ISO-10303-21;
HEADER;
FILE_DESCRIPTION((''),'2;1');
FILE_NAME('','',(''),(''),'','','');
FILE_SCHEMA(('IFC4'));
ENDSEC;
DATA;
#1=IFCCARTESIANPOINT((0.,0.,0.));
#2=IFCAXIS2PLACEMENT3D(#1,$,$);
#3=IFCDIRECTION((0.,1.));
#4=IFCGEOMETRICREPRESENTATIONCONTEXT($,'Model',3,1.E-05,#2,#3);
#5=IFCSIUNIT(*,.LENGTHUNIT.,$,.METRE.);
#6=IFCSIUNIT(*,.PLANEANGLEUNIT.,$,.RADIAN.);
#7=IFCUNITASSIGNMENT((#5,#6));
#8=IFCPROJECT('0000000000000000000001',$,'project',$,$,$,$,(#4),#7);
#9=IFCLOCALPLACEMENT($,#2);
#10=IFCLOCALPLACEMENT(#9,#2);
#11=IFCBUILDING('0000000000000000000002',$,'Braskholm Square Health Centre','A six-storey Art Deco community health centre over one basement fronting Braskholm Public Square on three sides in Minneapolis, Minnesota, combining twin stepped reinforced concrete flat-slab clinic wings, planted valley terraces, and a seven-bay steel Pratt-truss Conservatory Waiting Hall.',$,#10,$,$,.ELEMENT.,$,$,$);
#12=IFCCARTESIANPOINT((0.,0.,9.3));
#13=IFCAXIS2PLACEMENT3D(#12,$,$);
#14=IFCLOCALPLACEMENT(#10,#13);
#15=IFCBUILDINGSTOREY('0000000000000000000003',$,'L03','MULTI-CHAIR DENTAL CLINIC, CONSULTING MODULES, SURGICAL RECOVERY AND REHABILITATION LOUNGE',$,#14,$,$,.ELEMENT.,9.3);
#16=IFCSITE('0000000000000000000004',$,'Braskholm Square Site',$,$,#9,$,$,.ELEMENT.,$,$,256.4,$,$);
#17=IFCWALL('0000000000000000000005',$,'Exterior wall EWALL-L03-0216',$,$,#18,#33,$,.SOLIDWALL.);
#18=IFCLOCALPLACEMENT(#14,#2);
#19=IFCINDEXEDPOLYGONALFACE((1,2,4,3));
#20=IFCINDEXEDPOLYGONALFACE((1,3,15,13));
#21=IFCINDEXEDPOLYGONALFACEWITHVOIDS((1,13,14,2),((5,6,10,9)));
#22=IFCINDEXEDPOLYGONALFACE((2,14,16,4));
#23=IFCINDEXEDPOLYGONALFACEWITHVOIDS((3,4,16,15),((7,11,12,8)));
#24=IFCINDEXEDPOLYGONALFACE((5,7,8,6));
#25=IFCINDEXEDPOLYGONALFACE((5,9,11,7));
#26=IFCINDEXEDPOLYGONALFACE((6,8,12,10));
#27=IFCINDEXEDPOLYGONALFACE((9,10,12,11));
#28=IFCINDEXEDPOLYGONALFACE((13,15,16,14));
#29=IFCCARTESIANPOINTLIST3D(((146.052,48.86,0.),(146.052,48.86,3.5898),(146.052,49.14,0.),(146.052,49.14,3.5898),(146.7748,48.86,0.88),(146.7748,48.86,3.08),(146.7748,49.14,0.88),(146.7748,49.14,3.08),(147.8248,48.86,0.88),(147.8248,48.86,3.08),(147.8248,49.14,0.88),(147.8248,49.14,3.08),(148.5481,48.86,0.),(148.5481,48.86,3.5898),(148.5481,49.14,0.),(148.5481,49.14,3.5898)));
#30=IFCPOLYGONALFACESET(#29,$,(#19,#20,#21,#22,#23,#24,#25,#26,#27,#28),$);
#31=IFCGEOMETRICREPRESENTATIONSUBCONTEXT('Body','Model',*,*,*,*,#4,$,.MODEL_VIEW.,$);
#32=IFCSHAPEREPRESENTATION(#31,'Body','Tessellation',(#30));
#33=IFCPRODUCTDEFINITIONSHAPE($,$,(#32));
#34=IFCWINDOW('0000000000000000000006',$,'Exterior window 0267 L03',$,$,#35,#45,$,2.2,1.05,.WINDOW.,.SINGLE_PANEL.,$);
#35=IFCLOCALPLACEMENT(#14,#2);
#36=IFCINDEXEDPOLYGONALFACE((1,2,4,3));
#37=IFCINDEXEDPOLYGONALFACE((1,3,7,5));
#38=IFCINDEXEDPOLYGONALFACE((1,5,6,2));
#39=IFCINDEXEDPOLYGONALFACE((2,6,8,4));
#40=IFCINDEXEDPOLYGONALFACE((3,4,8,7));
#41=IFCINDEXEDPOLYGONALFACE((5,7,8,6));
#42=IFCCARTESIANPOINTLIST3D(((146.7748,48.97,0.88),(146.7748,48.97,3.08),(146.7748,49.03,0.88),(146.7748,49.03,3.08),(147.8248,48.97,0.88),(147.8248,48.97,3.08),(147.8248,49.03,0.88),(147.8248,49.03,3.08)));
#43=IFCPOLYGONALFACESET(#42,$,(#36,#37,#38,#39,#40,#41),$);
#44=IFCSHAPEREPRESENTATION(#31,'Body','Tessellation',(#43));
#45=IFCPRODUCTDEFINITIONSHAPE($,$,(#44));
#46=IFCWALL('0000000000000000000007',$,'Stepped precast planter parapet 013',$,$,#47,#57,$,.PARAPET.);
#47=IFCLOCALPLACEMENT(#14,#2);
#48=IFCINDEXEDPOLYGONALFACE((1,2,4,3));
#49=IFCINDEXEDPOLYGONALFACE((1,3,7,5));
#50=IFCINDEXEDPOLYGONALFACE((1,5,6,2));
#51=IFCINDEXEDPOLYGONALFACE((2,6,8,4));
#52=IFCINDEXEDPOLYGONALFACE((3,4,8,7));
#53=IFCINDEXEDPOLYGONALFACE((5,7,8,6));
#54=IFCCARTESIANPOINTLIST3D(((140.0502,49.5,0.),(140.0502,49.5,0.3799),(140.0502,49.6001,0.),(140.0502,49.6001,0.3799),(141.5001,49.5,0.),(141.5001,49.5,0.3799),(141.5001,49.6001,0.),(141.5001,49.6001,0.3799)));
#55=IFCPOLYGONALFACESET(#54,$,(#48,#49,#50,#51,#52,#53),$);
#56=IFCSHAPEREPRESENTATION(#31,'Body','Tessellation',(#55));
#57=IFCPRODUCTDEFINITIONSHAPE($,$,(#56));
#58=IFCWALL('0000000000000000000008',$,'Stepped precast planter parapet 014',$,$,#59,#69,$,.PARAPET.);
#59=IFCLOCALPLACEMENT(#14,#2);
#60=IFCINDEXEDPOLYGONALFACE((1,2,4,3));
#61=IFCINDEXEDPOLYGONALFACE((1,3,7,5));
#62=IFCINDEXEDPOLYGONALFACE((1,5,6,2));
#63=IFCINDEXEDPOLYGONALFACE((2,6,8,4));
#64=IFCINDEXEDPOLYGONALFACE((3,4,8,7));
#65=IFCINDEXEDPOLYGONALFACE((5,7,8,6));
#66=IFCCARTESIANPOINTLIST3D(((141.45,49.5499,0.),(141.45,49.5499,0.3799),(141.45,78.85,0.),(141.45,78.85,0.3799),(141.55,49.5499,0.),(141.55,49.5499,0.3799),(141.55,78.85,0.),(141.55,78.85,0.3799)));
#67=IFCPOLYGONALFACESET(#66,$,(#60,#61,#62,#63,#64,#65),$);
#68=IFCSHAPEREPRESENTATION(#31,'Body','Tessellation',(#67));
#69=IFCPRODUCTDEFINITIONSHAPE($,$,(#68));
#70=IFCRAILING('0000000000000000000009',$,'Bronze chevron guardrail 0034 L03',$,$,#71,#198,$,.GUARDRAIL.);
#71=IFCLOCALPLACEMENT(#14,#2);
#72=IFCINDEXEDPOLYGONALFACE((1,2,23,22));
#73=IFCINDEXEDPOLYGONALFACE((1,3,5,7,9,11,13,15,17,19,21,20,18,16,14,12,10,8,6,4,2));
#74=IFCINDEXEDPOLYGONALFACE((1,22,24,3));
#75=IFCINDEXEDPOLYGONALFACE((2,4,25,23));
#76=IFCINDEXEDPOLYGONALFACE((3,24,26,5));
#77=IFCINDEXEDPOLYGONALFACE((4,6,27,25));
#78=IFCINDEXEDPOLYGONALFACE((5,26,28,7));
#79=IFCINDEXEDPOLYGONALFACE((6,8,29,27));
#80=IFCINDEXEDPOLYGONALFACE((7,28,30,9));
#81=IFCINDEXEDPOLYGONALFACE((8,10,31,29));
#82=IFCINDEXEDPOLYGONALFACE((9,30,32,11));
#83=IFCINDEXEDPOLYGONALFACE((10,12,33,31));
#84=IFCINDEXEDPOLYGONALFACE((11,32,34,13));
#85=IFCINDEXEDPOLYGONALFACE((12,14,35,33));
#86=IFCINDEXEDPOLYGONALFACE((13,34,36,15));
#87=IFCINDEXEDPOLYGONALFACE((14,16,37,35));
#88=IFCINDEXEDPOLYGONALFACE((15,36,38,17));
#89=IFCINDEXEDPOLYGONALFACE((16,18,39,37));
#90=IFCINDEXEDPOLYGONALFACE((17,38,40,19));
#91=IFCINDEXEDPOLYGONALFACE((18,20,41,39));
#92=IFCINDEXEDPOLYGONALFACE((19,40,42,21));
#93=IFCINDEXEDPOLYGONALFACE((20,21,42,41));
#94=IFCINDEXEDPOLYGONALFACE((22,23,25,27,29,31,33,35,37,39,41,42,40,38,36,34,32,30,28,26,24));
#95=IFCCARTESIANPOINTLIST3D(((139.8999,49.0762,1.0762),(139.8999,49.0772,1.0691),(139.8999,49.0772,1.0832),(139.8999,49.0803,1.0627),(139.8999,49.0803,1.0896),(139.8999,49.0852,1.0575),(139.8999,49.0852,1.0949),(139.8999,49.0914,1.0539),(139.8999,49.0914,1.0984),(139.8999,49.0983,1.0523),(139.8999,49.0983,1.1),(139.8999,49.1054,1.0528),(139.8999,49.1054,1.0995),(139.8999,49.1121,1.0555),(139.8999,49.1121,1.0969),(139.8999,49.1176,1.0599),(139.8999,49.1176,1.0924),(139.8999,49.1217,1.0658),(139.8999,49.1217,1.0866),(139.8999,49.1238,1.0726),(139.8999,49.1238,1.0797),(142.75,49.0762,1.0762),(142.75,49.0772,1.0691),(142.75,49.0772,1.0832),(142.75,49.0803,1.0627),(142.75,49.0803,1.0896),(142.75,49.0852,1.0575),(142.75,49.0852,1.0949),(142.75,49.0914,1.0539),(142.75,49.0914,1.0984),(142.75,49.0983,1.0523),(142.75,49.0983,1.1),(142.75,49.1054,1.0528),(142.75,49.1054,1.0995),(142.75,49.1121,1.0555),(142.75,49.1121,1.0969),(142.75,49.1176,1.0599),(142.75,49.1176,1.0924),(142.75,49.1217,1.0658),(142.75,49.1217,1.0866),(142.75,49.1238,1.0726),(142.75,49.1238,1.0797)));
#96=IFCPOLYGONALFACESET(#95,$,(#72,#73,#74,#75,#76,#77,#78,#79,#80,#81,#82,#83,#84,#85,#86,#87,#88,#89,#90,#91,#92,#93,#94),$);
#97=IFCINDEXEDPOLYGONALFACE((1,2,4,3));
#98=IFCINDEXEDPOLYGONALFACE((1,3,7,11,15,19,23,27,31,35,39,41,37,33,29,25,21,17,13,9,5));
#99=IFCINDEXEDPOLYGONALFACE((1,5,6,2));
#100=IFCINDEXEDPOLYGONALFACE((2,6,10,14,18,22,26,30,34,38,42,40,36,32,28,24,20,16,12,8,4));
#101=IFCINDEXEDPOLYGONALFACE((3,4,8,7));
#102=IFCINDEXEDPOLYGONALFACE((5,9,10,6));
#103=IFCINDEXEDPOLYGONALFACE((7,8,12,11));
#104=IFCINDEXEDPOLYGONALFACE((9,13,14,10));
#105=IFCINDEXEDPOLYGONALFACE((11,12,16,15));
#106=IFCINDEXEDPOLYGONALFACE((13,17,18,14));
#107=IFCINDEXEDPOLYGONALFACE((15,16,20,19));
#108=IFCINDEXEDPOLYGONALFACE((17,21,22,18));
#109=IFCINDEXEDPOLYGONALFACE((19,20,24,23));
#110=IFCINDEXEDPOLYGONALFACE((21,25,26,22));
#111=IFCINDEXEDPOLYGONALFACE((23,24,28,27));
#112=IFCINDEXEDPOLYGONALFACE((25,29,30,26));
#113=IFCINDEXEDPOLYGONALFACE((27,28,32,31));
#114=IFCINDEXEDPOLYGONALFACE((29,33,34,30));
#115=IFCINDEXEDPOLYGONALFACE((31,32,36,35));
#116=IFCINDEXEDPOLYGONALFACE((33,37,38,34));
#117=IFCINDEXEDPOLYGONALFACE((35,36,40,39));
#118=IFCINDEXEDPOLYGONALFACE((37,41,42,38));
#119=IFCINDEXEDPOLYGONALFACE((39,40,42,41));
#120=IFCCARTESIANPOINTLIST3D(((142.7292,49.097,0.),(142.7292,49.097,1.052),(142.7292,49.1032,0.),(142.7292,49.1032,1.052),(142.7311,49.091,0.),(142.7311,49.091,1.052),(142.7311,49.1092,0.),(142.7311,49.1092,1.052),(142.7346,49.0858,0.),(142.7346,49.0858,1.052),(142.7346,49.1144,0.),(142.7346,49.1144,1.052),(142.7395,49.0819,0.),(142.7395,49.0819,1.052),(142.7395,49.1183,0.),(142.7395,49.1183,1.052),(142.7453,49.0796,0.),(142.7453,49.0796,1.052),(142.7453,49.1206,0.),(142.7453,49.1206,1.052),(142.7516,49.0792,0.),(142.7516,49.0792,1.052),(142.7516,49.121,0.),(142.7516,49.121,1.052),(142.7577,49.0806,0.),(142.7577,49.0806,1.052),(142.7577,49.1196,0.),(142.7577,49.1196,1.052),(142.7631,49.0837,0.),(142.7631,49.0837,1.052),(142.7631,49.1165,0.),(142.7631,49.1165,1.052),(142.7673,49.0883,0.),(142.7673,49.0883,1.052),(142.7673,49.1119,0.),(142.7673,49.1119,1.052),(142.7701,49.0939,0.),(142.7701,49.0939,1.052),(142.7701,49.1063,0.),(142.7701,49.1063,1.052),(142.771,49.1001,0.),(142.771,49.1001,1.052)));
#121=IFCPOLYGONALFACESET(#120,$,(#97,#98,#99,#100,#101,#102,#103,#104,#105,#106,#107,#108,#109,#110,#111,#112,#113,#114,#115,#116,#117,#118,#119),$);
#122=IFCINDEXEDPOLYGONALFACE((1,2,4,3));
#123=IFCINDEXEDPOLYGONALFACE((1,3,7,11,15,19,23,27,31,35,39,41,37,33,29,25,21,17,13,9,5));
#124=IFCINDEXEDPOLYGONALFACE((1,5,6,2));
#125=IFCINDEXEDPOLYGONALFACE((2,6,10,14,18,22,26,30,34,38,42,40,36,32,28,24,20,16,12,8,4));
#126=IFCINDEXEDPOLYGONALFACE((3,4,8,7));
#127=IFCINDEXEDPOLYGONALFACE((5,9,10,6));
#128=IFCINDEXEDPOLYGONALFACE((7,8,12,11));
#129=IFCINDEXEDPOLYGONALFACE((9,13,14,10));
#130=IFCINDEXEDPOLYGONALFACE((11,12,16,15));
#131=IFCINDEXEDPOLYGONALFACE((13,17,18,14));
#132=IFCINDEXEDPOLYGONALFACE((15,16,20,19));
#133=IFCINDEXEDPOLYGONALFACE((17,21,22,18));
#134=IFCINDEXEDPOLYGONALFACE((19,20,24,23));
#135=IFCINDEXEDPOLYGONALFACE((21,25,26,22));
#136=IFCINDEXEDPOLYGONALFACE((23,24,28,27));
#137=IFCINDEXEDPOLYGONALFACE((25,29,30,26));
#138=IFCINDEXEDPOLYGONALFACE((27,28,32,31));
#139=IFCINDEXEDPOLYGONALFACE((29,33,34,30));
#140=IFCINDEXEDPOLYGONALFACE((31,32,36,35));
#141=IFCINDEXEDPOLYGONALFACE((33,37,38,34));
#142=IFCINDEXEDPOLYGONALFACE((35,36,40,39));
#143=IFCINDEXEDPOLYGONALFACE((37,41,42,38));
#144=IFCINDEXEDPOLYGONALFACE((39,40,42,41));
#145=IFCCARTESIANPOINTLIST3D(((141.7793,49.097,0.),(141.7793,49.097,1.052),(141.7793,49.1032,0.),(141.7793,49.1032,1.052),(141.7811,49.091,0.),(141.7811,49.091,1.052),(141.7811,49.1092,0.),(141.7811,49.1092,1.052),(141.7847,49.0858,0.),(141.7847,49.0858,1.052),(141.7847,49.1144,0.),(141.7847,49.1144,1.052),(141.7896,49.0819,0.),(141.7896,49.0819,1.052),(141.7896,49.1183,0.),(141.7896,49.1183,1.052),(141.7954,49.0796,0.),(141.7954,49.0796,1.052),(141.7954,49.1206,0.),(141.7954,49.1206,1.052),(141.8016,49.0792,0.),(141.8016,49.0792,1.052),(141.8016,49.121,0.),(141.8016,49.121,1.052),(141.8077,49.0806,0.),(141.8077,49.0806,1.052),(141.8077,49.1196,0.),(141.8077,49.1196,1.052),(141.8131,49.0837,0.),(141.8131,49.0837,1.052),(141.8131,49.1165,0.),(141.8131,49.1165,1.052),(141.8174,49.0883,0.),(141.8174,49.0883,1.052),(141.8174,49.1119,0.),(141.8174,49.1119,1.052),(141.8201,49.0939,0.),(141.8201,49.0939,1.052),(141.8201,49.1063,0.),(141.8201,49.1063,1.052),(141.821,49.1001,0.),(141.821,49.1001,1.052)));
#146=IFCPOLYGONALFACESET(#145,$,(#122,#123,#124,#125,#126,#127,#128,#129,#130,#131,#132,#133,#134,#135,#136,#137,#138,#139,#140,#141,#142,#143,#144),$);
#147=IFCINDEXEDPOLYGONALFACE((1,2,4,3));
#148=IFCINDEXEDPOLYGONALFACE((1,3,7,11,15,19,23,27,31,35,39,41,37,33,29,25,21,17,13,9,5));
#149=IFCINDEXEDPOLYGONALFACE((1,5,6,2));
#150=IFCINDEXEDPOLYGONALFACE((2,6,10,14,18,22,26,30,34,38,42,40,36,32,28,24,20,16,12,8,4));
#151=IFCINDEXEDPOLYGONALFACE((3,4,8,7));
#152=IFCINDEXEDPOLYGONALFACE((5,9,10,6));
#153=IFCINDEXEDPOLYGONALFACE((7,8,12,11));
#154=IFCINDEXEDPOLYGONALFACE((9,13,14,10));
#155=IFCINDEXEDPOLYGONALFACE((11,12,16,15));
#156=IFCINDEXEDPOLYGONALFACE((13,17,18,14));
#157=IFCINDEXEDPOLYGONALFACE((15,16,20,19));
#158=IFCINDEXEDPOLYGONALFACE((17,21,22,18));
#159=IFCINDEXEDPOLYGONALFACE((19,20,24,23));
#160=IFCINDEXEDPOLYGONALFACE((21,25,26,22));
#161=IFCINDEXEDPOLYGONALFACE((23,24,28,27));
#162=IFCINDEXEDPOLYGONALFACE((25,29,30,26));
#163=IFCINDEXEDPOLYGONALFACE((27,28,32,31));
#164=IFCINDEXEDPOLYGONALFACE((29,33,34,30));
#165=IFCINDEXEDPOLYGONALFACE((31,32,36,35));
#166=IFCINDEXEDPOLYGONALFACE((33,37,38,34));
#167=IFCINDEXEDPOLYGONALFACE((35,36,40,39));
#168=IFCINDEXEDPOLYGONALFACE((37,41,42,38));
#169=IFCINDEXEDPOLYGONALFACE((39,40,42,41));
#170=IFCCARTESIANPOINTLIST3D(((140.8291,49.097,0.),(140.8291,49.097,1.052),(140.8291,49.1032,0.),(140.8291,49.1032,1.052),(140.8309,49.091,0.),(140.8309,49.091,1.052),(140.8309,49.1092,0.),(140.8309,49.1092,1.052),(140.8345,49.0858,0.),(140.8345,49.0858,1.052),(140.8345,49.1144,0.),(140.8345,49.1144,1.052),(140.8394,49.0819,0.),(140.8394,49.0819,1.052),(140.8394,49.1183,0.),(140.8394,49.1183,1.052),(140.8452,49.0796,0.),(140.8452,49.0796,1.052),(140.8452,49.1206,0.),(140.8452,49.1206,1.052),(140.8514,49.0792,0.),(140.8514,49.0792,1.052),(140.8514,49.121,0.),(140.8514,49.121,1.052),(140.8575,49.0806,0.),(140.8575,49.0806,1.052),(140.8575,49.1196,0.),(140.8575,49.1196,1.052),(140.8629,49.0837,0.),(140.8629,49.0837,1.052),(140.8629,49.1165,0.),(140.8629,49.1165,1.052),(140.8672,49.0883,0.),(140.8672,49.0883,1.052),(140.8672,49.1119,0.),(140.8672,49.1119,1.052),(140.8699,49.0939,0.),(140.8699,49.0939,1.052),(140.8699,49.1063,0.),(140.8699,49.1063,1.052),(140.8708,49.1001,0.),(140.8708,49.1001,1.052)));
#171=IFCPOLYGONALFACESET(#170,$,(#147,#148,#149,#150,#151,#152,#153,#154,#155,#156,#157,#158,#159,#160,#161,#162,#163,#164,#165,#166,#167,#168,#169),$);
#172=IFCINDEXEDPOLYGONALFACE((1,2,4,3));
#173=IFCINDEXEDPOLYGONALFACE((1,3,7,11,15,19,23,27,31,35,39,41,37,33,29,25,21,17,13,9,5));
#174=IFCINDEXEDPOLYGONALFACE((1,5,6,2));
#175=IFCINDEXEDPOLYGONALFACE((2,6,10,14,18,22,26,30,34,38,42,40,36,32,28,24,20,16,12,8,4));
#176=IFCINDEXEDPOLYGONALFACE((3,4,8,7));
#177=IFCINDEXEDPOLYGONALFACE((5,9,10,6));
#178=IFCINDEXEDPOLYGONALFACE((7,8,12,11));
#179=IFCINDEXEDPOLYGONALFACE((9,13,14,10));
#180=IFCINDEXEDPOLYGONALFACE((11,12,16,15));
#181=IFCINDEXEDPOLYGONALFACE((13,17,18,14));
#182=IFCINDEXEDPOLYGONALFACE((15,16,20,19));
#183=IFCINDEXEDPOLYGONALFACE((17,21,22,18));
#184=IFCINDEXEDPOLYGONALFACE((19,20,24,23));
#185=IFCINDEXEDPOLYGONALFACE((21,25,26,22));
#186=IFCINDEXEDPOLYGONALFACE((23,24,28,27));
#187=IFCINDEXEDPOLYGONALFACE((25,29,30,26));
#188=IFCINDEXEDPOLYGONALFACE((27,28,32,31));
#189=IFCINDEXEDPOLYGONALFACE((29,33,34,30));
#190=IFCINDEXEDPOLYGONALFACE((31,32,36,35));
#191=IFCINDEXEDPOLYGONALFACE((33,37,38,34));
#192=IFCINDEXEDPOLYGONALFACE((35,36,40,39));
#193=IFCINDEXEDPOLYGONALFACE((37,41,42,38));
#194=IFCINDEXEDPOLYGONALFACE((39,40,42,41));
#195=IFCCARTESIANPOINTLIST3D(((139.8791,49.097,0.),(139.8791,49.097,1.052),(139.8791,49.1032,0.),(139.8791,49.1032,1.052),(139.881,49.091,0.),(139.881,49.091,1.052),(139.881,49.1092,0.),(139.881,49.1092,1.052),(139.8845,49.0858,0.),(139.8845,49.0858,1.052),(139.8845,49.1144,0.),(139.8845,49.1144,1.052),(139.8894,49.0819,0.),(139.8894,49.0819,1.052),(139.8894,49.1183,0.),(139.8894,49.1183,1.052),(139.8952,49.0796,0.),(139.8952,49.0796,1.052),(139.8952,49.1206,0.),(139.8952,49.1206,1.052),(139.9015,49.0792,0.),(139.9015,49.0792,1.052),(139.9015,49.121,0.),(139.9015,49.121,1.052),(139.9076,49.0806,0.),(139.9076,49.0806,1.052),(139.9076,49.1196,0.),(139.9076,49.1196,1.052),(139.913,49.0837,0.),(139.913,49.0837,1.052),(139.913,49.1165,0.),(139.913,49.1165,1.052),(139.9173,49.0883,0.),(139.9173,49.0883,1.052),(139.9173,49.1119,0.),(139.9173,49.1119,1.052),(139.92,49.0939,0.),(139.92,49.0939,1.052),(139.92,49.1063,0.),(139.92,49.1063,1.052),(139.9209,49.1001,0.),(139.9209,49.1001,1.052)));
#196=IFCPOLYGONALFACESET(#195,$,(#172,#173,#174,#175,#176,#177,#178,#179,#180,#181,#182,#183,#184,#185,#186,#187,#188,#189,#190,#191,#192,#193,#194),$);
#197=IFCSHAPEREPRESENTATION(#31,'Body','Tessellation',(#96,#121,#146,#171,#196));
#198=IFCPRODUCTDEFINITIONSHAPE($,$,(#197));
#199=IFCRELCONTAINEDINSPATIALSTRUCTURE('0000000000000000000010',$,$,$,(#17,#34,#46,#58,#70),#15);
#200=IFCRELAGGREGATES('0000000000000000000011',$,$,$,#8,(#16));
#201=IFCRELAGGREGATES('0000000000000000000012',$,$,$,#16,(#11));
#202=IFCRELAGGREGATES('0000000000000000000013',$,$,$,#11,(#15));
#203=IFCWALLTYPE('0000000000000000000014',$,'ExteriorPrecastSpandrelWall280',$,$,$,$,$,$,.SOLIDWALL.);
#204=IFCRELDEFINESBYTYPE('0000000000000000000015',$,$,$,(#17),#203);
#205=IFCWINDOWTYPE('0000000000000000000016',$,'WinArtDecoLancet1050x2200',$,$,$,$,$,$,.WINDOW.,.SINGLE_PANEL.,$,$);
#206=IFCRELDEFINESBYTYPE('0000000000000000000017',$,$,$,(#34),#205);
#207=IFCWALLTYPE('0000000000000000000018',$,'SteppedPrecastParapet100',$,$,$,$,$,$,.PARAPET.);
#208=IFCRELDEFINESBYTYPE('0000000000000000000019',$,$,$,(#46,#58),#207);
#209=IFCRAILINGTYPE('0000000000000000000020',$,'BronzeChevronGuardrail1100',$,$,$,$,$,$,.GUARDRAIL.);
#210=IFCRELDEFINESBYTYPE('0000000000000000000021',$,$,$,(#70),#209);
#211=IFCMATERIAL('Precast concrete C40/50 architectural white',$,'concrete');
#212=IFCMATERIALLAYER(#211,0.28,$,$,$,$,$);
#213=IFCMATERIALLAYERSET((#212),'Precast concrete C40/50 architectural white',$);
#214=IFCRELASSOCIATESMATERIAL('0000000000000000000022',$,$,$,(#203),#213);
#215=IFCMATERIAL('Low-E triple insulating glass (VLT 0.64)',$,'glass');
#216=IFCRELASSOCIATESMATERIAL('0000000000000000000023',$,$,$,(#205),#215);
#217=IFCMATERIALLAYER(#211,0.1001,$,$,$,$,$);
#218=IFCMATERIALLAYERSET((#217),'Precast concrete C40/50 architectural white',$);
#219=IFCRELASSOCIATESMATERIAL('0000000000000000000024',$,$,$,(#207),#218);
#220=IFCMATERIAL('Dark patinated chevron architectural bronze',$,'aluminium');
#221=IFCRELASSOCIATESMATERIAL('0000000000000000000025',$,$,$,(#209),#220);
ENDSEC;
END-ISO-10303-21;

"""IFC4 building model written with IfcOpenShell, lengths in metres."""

from ifc_helpers import new_model, si_unit, direction, frame, frame_2d, origin, origin_with_axes, origin_2d, place, context, subcontext, project, spatial, rectangle, circle, extrude, material, layer, layer_set, type_object, element, fill, save


model = new_model("IFC4")

# Units and contexts
model_context = context("Model", 3, precision=1e-05, world=origin(), true_north=direction((0.0, 1.0)))
body_context = subcontext(model_context, "Body", "Model", "MODEL_VIEW")
ifc_project = project(units=[si_unit("LENGTHUNIT", "METRE"), si_unit("PLANEANGLEUNIT", "RADIAN")], contexts=[model_context])

# Site, building, storey
site_placement = place(None, origin())
site = spatial("IfcSite", under=ifc_project, at=site_placement, Name="Braskholm Square Site", CompositionType="ELEMENT", RefElevation=256.4)
building_placement = place(site_placement, origin())
building = spatial("IfcBuilding", under=site, at=building_placement, Name="Braskholm Square Health Centre", Description="A six-storey Art Deco community health centre over one basement fronting Braskholm Public Square on three sides in Minneapolis, Minnesota, combining twin stepped reinforced concrete flat-slab clinic wings, planted valley terraces, and a seven-bay steel Pratt-truss Conservatory Waiting Hall.", CompositionType="ELEMENT")
storey_placement = place(building_placement, frame((0.0, 0.0, 9.3)))
storey = spatial("IfcBuildingStorey", under=building, at=storey_placement, Name="L03", Description="MULTI-CHAIR DENTAL CLINIC, CONSULTING MODULES, SURGICAL RECOVERY AND REHABILITATION LOUNGE", CompositionType="ELEMENT", Elevation=9.3)

# Shared definitions
ifc_material_1 = material(Name="Low-E triple insulating glass (VLT 0.64)", Category="glass")

# Shared definitions
ifc_material_2 = material(Name="Precast concrete C40/50 architectural white", Category="concrete")

# Wall, opening, window
ifc_layer_1 = layer(ifc_material_2, 0.28)
ifc_layer_set_1 = layer_set([ifc_layer_1], Name="Precast concrete C40/50 architectural white")
wall_type_1 = type_object("IfcWallType", Name="ExteriorPrecastSpandrelWall280", PredefinedType="SOLIDWALL", material=ifc_layer_set_1)
window_type = type_object("IfcWindowType", Name="WinArtDecoLancet1050x2200", PartitioningType="SINGLE_PANEL", PredefinedType="WINDOW", material=ifc_material_1)
wall_1_placement = place(storey_placement, frame((146.052, 49.0, 0.0), z_axis=(0.0, 0.0, 1.0), x_axis=(1.0, 0.0, 0.0)))
wall_1 = element("IfcWall", 1, at=wall_1_placement, inside=storey, type_object=wall_type_1, Name="Exterior wall EWALL-L03-0216", PredefinedType="SOLIDWALL", context=body_context, shape_type="SweptSolid", body=[
    extrude(rectangle(XDim=2.4961, YDim=0.28, at=frame_2d((1.248, 0.0))), origin(), (0.0, 0.0, 1.0), 3.5898),
])
opening_1_placement = place(wall_1_placement, frame((0.7229, 0.0, 0.8799)))
opening_1 = element("IfcOpeningElement", 2, at=opening_1_placement, cuts=wall_1, PredefinedType="OPENING", context=body_context, shape_type="SweptSolid", body=[
    extrude(rectangle(XDim=1.05, YDim=2.2, at=frame_2d((0.5249, 1.1001))), frame((0.0, 0.1499, 0.0), z_axis=(0.0, -1.0, 0.0), x_axis=(1.0, 0.0, 0.0)), (0.0, 0.0, 1.0), 0.3),
])
window_1_placement = place(opening_1_placement, origin_with_axes())
window_1 = element("IfcWindow", 3, at=window_1_placement, inside=storey, type_object=window_type, Name="Exterior window 0267 L03", OverallHeight=2.2, OverallWidth=1.05, PartitioningType="SINGLE_PANEL", PredefinedType="WINDOW", context=body_context, shape_type="SweptSolid", body=[
    extrude(rectangle(XDim=1.05, YDim=2.2, at=frame_2d((0.5249, 1.1001))), frame((0.0, 0.03, 0.0), z_axis=(0.0, -1.0, 0.0), x_axis=(1.0, 0.0, 0.0)), (0.0, 0.0, 1.0), 0.0601),
])
fill(opening_1, window_1)

# Walls
ifc_layer_2 = layer(ifc_material_2, 0.1001)
ifc_layer_set_2 = layer_set([ifc_layer_2], Name="Precast concrete C40/50 architectural white")
wall_type_2 = type_object("IfcWallType", Name="SteppedPrecastParapet100", PredefinedType="PARAPET", material=ifc_layer_set_2)
wall_2_placement = place(storey_placement, frame((140.05, 49.55, 0.0), z_axis=(0.0, 0.0, 1.0), x_axis=(1.0, 0.0, 0.0)))
element("IfcWall", 4, at=wall_2_placement, inside=storey, type_object=wall_type_2, Name="Stepped precast planter parapet 013", PredefinedType="PARAPET", context=body_context, shape_type="SweptSolid", body=[
    extrude(rectangle(XDim=1.45, YDim=0.1001, at=frame_2d((0.7251, 0.0))), origin(), (0.0, 0.0, 1.0), 0.3799),
])
wall_3_placement = place(storey_placement, frame((141.5, 49.55, 0.0), z_axis=(0.0, 0.0, 1.0), x_axis=(0.0, 1.0, 0.0)))
element("IfcWall", 5, at=wall_3_placement, inside=storey, type_object=wall_type_2, Name="Stepped precast planter parapet 014", PredefinedType="PARAPET", context=body_context, shape_type="SweptSolid", body=[
    extrude(rectangle(XDim=29.3, YDim=0.1001, at=frame_2d((14.6499, 0.0))), origin(), (0.0, 0.0, 1.0), 0.3799),
])

# Railing
ifc_material_3 = material(Name="Dark patinated chevron architectural bronze", Category="aluminium")
railing_type = type_object("IfcRailingType", Name="BronzeChevronGuardrail1100", PredefinedType="GUARDRAIL", material=ifc_material_3)
railing_1_placement = place(storey_placement, frame((142.75, 49.1001, 0.0)))
element("IfcRailing", 6, at=railing_1_placement, inside=storey, type_object=railing_type, Name="Bronze chevron guardrail 0034 L03", PredefinedType="GUARDRAIL", context=body_context, shape_type="SweptSolid", body=[
    extrude(circle(Radius=0.0239, at=origin_2d()), frame((0.0, 0.0, 1.0762), z_axis=(-1.0, 0.0, 0.0), x_axis=(0.0, -1.0, 0.0)), (0.0, 0.0, 1.0), 2.8501),
    extrude(circle(Radius=0.021, at=origin_2d()), origin(), (0.0, 0.0, 1.0), 1.052),
    extrude(circle(Radius=0.021, at=origin_2d()), frame((-0.95, 0.0, 0.0)), (0.0, 0.0, 1.0), 1.052),
    extrude(circle(Radius=0.021, at=origin_2d()), frame((-1.9001, 0.0, 0.0)), (0.0, 0.0, 1.0), 1.052),
    extrude(circle(Radius=0.021, at=origin_2d()), frame((-2.8501, 0.0, 0.0)), (0.0, 0.0, 1.0), 1.052),
])

save(model, "model.ifc")
